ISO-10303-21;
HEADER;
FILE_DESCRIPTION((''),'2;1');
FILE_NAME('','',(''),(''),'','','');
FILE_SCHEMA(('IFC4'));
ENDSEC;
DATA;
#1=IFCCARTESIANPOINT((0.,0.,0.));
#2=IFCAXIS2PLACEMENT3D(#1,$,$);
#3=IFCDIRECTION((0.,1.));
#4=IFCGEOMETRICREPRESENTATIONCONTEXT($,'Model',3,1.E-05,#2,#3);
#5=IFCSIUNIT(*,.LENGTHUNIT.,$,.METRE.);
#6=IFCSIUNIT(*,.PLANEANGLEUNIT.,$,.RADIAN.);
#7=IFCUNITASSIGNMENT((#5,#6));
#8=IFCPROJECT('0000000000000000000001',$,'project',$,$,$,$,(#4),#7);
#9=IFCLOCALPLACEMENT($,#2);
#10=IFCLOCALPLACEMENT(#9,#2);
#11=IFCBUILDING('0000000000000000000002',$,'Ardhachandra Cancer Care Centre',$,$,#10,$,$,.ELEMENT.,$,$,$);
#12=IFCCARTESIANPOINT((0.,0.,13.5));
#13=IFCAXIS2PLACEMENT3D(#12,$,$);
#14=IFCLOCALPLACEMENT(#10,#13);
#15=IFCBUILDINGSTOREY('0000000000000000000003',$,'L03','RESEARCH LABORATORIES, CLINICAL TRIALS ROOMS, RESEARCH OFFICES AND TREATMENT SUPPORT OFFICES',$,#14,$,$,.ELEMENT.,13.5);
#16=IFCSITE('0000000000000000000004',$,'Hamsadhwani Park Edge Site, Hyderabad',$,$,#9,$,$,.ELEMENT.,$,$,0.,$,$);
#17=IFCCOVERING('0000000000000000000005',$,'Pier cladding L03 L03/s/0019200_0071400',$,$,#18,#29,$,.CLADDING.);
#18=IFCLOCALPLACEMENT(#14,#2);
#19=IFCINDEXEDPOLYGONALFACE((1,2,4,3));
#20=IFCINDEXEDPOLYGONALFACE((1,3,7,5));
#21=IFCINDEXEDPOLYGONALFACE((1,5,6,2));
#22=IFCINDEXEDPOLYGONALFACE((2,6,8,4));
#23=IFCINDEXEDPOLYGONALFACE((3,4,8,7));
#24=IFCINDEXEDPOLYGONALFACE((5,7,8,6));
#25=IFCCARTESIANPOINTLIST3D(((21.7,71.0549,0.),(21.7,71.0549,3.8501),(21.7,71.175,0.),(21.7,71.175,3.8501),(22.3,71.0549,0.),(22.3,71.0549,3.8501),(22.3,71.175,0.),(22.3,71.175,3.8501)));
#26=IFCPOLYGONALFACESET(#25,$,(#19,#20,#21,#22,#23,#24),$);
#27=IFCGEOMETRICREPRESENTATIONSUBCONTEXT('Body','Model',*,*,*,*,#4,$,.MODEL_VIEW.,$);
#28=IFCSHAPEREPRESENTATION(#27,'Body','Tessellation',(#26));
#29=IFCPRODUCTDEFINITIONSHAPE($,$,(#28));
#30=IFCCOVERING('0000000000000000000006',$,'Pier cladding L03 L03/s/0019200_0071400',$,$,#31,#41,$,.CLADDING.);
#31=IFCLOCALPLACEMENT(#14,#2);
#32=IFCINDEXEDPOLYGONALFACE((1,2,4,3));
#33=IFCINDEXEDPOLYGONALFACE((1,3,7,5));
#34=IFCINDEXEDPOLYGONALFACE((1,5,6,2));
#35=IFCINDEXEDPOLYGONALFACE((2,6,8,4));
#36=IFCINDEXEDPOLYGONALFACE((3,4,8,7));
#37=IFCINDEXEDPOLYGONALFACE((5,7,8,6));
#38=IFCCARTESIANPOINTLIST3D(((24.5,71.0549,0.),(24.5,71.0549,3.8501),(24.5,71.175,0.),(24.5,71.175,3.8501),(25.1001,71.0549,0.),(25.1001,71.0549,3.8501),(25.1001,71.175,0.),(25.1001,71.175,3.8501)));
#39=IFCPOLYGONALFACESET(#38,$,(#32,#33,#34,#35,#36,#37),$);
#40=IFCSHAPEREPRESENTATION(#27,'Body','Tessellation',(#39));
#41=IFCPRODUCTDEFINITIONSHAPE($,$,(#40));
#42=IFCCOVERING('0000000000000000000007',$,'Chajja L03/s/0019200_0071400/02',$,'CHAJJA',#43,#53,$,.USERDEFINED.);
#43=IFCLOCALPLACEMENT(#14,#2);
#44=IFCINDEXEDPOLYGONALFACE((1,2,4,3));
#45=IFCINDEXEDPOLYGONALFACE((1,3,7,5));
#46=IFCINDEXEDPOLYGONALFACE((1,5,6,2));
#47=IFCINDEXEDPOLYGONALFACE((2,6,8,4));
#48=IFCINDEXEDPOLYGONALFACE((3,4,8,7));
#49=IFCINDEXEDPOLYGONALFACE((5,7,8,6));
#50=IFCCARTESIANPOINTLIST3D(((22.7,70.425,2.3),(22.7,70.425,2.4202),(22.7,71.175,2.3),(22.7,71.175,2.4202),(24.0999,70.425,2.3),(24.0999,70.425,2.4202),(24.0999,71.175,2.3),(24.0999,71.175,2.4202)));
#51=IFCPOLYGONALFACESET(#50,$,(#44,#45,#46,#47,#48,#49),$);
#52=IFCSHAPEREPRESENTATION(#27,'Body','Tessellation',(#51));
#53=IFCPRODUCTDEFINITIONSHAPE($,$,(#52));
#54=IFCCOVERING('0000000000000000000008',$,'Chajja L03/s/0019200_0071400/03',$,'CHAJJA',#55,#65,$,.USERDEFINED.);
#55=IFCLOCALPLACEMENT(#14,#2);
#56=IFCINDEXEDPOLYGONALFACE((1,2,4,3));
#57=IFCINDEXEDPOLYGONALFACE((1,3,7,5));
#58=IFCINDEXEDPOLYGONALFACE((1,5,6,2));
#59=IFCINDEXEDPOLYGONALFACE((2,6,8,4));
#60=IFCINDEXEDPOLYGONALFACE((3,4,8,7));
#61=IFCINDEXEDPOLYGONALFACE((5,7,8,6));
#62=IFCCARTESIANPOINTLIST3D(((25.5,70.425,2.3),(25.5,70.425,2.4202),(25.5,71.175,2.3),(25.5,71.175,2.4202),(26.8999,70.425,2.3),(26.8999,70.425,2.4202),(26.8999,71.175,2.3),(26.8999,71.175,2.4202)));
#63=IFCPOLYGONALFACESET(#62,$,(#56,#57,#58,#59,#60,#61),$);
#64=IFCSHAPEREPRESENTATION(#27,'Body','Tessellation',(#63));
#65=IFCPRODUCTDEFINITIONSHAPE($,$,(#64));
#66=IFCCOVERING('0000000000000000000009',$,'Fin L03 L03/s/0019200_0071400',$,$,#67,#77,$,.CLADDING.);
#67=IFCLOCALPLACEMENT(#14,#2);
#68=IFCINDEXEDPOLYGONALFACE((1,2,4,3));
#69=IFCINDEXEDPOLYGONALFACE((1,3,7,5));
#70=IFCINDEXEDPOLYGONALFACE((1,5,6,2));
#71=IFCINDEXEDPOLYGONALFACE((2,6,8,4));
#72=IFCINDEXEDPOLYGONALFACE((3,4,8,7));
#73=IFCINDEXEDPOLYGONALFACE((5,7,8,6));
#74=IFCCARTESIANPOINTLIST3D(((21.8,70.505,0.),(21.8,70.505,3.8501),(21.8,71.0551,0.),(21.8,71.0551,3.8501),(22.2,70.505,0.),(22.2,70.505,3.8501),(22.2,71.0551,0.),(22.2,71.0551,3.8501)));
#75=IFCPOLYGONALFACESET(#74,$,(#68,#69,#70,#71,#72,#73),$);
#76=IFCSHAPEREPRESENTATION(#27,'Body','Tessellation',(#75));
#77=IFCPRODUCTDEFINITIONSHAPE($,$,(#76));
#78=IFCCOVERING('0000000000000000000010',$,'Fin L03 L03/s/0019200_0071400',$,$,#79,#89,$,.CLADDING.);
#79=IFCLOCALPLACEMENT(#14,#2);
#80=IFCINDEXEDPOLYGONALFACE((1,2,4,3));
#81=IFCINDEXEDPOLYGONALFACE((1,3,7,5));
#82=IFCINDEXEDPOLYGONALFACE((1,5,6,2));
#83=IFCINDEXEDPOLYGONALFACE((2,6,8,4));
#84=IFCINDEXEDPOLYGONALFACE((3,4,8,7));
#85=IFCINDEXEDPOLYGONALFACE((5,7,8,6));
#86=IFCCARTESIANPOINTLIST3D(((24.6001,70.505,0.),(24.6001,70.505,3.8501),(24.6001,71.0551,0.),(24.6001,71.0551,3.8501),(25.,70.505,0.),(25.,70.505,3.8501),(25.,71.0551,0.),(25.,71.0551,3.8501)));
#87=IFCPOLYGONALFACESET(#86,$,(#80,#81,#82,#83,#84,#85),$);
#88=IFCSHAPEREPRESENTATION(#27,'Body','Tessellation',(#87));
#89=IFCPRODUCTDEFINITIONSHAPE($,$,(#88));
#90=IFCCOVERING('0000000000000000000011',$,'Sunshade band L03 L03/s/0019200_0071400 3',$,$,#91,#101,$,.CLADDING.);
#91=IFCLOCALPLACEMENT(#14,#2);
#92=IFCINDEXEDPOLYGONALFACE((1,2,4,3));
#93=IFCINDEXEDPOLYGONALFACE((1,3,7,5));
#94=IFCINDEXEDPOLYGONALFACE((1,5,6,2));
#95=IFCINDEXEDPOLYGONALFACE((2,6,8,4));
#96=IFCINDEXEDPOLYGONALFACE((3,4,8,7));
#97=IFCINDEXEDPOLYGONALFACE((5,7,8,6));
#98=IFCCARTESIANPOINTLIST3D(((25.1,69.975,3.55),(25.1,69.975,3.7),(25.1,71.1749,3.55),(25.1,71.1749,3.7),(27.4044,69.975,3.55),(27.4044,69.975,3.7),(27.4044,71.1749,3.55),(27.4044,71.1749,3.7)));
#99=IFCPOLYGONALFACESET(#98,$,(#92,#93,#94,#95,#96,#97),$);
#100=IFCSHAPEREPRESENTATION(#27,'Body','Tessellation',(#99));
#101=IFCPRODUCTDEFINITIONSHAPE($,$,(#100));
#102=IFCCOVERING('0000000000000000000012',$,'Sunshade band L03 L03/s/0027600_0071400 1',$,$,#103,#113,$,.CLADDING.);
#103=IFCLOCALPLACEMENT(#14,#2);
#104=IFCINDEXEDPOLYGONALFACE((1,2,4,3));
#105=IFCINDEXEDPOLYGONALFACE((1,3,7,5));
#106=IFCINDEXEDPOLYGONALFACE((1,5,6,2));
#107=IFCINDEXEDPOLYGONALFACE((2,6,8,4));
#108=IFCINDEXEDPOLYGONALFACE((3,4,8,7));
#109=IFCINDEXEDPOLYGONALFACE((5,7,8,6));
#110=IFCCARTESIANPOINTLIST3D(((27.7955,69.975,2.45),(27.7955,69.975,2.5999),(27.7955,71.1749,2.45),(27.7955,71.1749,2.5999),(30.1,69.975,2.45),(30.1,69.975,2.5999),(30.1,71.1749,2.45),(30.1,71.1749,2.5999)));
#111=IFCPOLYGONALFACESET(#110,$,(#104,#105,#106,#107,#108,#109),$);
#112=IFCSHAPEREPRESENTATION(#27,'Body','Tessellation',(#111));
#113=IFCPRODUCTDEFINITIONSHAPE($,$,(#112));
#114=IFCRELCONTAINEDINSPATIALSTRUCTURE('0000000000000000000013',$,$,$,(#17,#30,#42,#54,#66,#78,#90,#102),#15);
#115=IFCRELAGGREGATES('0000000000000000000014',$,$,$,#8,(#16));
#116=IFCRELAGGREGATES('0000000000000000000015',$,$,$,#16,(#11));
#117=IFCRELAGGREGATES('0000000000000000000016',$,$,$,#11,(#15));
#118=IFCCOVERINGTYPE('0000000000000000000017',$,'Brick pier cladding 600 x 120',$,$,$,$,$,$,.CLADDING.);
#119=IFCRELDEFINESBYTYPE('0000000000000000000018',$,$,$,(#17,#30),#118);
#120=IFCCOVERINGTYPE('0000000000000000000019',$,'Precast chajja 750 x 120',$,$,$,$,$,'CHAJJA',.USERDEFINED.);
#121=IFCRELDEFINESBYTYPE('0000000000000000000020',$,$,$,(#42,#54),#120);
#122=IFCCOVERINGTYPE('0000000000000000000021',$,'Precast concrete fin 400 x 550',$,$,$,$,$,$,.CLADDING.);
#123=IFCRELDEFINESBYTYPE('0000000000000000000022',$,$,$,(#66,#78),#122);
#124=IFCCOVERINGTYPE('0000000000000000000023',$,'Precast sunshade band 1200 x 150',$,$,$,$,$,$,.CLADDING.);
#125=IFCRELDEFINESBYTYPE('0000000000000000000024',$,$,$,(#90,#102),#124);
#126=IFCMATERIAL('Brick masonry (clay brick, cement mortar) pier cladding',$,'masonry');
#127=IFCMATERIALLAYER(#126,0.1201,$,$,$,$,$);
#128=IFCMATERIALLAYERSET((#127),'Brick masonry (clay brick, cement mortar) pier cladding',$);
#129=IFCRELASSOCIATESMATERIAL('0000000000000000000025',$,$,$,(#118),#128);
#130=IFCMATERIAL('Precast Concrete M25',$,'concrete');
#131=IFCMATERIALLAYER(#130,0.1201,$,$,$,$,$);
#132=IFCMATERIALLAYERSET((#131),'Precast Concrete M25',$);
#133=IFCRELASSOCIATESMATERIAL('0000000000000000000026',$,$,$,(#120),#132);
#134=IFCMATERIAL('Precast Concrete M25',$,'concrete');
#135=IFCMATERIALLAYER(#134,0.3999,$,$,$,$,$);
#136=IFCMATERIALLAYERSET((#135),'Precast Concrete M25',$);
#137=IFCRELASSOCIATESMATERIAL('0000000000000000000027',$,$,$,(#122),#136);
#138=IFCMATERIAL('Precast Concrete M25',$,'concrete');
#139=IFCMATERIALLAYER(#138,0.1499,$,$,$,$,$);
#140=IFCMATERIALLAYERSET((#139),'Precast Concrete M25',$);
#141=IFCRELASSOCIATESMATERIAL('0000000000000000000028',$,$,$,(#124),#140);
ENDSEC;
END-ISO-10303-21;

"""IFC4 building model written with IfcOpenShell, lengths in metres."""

from ifc_helpers import new_model, si_unit, direction, frame, origin, origin_2d, place, context, subcontext, project, spatial, rectangle, extrude, material, layer, layer_set, type_object, element, save


model = new_model("IFC4")

# Units and contexts
model_context = context("Model", 3, precision=1e-05, world=origin(), true_north=direction((0.0, 1.0)))
body_context = subcontext(model_context, "Body", "Model", "MODEL_VIEW")
ifc_project = project(units=[si_unit("LENGTHUNIT", "METRE"), si_unit("PLANEANGLEUNIT", "RADIAN")], contexts=[model_context])

# Site, building, storey
site_placement = place(None, origin())
site = spatial("IfcSite", under=ifc_project, at=site_placement, Name="Hamsadhwani Park Edge Site, Hyderabad", CompositionType="ELEMENT", RefElevation=0.0)
building_placement = place(site_placement, origin())
building = spatial("IfcBuilding", under=site, at=building_placement, Name="Ardhachandra Cancer Care Centre", CompositionType="ELEMENT")
storey_placement = place(building_placement, frame((0.0, 0.0, 13.5)))
storey = spatial("IfcBuildingStorey", under=building, at=storey_placement, Name="L03", Description="RESEARCH LABORATORIES, CLINICAL TRIALS ROOMS, RESEARCH OFFICES AND TREATMENT SUPPORT OFFICES", CompositionType="ELEMENT", Elevation=13.5)

# Coverings
ifc_material_1 = material(Name="Brick masonry (clay brick, cement mortar) pier cladding", Category="masonry")
ifc_layer_1 = layer(ifc_material_1, 0.1201)
ifc_layer_set_1 = layer_set([ifc_layer_1], Name="Brick masonry (clay brick, cement mortar) pier cladding")
covering_type_1 = type_object("IfcCoveringType", Name="Brick pier cladding 600 x 120", PredefinedType="CLADDING", material=ifc_layer_set_1)
for number, where, z_axis, x_axis, name in (
    (1, (22.0, 71.115, 0.0), (0.0, 0.0, 1.0), (1.0, 0.0, 0.0), "Pier cladding L03 L03/s/0019200_0071400"),
    (2, (24.8, 71.115, 0.0), (0.0, 0.0, 1.0), (1.0, 0.0, 0.0), "Pier cladding L03 L03/s/0019200_0071400"),
):
    element("IfcCovering", number, at=place(storey_placement, frame(where, z_axis=z_axis, x_axis=x_axis)), inside=storey, type_object=covering_type_1, Name=name, PredefinedType="CLADDING", context=body_context, shape_type="SweptSolid", body=[
        extrude(rectangle(XDim=0.6001, YDim=0.1201, at=origin_2d()), origin(), (0.0, 0.0, 1.0), 3.8501),
    ])
ifc_material_2 = material(Name="Precast Concrete M25", Category="concrete")
ifc_layer_2 = layer(ifc_material_2, 0.1201)
ifc_layer_set_2 = layer_set([ifc_layer_2], Name="Precast Concrete M25")
covering_type_2 = type_object("IfcCoveringType", Name="Precast chajja 750 x 120", ElementType="CHAJJA", PredefinedType="USERDEFINED", material=ifc_layer_set_2)
for number, where, z_axis, x_axis, name in (
    (3, (23.3999, 70.8, 2.3), (0.0, 0.0, 1.0), (1.0, 0.0, 0.0), "Chajja L03/s/0019200_0071400/02"),
    (4, (26.2, 70.8, 2.3), (0.0, 0.0, 1.0), (1.0, 0.0, 0.0), "Chajja L03/s/0019200_0071400/03"),
):
    element("IfcCovering", number, at=place(storey_placement, frame(where, z_axis=z_axis, x_axis=x_axis)), inside=storey, type_object=covering_type_2, Name=name, ObjectType="CHAJJA", PredefinedType="USERDEFINED", context=body_context, shape_type="SweptSolid", body=[
        extrude(rectangle(XDim=1.3999, YDim=0.75, at=origin_2d()), origin(), (0.0, 0.0, 1.0), 0.1201),
    ])
ifc_material_3 = material(Name="Precast Concrete M25", Category="concrete")
ifc_layer_3 = layer(ifc_material_3, 0.3999)
ifc_layer_set_3 = layer_set([ifc_layer_3], Name="Precast Concrete M25")
covering_type_3 = type_object("IfcCoveringType", Name="Precast concrete fin 400 x 550", PredefinedType="CLADDING", material=ifc_layer_set_3)
for number, where, z_axis, x_axis, name in (
    (5, (22.0, 70.78, 0.0), (0.0, 0.0, 1.0), (1.0, 0.0, 0.0), "Fin L03 L03/s/0019200_0071400"),
    (6, (24.8, 70.78, 0.0), (0.0, 0.0, 1.0), (1.0, 0.0, 0.0), "Fin L03 L03/s/0019200_0071400"),
):
    element("IfcCovering", number, at=place(storey_placement, frame(where, z_axis=z_axis, x_axis=x_axis)), inside=storey, type_object=covering_type_3, Name=name, PredefinedType="CLADDING", context=body_context, shape_type="SweptSolid", body=[
        extrude(rectangle(XDim=0.3999, YDim=0.55, at=origin_2d()), origin(), (0.0, 0.0, 1.0), 3.8501),
    ])
ifc_material_4 = material(Name="Precast Concrete M25", Category="concrete")
ifc_layer_4 = layer(ifc_material_4, 0.1499)
ifc_layer_set_4 = layer_set([ifc_layer_4], Name="Precast Concrete M25")
covering_type_4 = type_object("IfcCoveringType", Name="Precast sunshade band 1200 x 150", PredefinedType="CLADDING", material=ifc_layer_set_4)
for number, where, z_axis, x_axis, name in (
    (7, (26.2522, 70.575, 3.55), (0.0, 0.0, 1.0), (1.0, 0.0, 0.0), "Sunshade band L03 L03/s/0019200_0071400 3"),
    (8, (28.9478, 70.575, 2.45), (0.0, 0.0, 1.0), (1.0, 0.0, 0.0), "Sunshade band L03 L03/s/0027600_0071400 1"),
):
    element("IfcCovering", number, at=place(storey_placement, frame(where, z_axis=z_axis, x_axis=x_axis)), inside=storey, type_object=covering_type_4, Name=name, PredefinedType="CLADDING", context=body_context, shape_type="SweptSolid", body=[
        extrude(rectangle(XDim=2.3044, YDim=1.2, at=origin_2d()), origin(), (0.0, 0.0, 1.0), 0.1499),
    ])

save(model, "model.ifc")
